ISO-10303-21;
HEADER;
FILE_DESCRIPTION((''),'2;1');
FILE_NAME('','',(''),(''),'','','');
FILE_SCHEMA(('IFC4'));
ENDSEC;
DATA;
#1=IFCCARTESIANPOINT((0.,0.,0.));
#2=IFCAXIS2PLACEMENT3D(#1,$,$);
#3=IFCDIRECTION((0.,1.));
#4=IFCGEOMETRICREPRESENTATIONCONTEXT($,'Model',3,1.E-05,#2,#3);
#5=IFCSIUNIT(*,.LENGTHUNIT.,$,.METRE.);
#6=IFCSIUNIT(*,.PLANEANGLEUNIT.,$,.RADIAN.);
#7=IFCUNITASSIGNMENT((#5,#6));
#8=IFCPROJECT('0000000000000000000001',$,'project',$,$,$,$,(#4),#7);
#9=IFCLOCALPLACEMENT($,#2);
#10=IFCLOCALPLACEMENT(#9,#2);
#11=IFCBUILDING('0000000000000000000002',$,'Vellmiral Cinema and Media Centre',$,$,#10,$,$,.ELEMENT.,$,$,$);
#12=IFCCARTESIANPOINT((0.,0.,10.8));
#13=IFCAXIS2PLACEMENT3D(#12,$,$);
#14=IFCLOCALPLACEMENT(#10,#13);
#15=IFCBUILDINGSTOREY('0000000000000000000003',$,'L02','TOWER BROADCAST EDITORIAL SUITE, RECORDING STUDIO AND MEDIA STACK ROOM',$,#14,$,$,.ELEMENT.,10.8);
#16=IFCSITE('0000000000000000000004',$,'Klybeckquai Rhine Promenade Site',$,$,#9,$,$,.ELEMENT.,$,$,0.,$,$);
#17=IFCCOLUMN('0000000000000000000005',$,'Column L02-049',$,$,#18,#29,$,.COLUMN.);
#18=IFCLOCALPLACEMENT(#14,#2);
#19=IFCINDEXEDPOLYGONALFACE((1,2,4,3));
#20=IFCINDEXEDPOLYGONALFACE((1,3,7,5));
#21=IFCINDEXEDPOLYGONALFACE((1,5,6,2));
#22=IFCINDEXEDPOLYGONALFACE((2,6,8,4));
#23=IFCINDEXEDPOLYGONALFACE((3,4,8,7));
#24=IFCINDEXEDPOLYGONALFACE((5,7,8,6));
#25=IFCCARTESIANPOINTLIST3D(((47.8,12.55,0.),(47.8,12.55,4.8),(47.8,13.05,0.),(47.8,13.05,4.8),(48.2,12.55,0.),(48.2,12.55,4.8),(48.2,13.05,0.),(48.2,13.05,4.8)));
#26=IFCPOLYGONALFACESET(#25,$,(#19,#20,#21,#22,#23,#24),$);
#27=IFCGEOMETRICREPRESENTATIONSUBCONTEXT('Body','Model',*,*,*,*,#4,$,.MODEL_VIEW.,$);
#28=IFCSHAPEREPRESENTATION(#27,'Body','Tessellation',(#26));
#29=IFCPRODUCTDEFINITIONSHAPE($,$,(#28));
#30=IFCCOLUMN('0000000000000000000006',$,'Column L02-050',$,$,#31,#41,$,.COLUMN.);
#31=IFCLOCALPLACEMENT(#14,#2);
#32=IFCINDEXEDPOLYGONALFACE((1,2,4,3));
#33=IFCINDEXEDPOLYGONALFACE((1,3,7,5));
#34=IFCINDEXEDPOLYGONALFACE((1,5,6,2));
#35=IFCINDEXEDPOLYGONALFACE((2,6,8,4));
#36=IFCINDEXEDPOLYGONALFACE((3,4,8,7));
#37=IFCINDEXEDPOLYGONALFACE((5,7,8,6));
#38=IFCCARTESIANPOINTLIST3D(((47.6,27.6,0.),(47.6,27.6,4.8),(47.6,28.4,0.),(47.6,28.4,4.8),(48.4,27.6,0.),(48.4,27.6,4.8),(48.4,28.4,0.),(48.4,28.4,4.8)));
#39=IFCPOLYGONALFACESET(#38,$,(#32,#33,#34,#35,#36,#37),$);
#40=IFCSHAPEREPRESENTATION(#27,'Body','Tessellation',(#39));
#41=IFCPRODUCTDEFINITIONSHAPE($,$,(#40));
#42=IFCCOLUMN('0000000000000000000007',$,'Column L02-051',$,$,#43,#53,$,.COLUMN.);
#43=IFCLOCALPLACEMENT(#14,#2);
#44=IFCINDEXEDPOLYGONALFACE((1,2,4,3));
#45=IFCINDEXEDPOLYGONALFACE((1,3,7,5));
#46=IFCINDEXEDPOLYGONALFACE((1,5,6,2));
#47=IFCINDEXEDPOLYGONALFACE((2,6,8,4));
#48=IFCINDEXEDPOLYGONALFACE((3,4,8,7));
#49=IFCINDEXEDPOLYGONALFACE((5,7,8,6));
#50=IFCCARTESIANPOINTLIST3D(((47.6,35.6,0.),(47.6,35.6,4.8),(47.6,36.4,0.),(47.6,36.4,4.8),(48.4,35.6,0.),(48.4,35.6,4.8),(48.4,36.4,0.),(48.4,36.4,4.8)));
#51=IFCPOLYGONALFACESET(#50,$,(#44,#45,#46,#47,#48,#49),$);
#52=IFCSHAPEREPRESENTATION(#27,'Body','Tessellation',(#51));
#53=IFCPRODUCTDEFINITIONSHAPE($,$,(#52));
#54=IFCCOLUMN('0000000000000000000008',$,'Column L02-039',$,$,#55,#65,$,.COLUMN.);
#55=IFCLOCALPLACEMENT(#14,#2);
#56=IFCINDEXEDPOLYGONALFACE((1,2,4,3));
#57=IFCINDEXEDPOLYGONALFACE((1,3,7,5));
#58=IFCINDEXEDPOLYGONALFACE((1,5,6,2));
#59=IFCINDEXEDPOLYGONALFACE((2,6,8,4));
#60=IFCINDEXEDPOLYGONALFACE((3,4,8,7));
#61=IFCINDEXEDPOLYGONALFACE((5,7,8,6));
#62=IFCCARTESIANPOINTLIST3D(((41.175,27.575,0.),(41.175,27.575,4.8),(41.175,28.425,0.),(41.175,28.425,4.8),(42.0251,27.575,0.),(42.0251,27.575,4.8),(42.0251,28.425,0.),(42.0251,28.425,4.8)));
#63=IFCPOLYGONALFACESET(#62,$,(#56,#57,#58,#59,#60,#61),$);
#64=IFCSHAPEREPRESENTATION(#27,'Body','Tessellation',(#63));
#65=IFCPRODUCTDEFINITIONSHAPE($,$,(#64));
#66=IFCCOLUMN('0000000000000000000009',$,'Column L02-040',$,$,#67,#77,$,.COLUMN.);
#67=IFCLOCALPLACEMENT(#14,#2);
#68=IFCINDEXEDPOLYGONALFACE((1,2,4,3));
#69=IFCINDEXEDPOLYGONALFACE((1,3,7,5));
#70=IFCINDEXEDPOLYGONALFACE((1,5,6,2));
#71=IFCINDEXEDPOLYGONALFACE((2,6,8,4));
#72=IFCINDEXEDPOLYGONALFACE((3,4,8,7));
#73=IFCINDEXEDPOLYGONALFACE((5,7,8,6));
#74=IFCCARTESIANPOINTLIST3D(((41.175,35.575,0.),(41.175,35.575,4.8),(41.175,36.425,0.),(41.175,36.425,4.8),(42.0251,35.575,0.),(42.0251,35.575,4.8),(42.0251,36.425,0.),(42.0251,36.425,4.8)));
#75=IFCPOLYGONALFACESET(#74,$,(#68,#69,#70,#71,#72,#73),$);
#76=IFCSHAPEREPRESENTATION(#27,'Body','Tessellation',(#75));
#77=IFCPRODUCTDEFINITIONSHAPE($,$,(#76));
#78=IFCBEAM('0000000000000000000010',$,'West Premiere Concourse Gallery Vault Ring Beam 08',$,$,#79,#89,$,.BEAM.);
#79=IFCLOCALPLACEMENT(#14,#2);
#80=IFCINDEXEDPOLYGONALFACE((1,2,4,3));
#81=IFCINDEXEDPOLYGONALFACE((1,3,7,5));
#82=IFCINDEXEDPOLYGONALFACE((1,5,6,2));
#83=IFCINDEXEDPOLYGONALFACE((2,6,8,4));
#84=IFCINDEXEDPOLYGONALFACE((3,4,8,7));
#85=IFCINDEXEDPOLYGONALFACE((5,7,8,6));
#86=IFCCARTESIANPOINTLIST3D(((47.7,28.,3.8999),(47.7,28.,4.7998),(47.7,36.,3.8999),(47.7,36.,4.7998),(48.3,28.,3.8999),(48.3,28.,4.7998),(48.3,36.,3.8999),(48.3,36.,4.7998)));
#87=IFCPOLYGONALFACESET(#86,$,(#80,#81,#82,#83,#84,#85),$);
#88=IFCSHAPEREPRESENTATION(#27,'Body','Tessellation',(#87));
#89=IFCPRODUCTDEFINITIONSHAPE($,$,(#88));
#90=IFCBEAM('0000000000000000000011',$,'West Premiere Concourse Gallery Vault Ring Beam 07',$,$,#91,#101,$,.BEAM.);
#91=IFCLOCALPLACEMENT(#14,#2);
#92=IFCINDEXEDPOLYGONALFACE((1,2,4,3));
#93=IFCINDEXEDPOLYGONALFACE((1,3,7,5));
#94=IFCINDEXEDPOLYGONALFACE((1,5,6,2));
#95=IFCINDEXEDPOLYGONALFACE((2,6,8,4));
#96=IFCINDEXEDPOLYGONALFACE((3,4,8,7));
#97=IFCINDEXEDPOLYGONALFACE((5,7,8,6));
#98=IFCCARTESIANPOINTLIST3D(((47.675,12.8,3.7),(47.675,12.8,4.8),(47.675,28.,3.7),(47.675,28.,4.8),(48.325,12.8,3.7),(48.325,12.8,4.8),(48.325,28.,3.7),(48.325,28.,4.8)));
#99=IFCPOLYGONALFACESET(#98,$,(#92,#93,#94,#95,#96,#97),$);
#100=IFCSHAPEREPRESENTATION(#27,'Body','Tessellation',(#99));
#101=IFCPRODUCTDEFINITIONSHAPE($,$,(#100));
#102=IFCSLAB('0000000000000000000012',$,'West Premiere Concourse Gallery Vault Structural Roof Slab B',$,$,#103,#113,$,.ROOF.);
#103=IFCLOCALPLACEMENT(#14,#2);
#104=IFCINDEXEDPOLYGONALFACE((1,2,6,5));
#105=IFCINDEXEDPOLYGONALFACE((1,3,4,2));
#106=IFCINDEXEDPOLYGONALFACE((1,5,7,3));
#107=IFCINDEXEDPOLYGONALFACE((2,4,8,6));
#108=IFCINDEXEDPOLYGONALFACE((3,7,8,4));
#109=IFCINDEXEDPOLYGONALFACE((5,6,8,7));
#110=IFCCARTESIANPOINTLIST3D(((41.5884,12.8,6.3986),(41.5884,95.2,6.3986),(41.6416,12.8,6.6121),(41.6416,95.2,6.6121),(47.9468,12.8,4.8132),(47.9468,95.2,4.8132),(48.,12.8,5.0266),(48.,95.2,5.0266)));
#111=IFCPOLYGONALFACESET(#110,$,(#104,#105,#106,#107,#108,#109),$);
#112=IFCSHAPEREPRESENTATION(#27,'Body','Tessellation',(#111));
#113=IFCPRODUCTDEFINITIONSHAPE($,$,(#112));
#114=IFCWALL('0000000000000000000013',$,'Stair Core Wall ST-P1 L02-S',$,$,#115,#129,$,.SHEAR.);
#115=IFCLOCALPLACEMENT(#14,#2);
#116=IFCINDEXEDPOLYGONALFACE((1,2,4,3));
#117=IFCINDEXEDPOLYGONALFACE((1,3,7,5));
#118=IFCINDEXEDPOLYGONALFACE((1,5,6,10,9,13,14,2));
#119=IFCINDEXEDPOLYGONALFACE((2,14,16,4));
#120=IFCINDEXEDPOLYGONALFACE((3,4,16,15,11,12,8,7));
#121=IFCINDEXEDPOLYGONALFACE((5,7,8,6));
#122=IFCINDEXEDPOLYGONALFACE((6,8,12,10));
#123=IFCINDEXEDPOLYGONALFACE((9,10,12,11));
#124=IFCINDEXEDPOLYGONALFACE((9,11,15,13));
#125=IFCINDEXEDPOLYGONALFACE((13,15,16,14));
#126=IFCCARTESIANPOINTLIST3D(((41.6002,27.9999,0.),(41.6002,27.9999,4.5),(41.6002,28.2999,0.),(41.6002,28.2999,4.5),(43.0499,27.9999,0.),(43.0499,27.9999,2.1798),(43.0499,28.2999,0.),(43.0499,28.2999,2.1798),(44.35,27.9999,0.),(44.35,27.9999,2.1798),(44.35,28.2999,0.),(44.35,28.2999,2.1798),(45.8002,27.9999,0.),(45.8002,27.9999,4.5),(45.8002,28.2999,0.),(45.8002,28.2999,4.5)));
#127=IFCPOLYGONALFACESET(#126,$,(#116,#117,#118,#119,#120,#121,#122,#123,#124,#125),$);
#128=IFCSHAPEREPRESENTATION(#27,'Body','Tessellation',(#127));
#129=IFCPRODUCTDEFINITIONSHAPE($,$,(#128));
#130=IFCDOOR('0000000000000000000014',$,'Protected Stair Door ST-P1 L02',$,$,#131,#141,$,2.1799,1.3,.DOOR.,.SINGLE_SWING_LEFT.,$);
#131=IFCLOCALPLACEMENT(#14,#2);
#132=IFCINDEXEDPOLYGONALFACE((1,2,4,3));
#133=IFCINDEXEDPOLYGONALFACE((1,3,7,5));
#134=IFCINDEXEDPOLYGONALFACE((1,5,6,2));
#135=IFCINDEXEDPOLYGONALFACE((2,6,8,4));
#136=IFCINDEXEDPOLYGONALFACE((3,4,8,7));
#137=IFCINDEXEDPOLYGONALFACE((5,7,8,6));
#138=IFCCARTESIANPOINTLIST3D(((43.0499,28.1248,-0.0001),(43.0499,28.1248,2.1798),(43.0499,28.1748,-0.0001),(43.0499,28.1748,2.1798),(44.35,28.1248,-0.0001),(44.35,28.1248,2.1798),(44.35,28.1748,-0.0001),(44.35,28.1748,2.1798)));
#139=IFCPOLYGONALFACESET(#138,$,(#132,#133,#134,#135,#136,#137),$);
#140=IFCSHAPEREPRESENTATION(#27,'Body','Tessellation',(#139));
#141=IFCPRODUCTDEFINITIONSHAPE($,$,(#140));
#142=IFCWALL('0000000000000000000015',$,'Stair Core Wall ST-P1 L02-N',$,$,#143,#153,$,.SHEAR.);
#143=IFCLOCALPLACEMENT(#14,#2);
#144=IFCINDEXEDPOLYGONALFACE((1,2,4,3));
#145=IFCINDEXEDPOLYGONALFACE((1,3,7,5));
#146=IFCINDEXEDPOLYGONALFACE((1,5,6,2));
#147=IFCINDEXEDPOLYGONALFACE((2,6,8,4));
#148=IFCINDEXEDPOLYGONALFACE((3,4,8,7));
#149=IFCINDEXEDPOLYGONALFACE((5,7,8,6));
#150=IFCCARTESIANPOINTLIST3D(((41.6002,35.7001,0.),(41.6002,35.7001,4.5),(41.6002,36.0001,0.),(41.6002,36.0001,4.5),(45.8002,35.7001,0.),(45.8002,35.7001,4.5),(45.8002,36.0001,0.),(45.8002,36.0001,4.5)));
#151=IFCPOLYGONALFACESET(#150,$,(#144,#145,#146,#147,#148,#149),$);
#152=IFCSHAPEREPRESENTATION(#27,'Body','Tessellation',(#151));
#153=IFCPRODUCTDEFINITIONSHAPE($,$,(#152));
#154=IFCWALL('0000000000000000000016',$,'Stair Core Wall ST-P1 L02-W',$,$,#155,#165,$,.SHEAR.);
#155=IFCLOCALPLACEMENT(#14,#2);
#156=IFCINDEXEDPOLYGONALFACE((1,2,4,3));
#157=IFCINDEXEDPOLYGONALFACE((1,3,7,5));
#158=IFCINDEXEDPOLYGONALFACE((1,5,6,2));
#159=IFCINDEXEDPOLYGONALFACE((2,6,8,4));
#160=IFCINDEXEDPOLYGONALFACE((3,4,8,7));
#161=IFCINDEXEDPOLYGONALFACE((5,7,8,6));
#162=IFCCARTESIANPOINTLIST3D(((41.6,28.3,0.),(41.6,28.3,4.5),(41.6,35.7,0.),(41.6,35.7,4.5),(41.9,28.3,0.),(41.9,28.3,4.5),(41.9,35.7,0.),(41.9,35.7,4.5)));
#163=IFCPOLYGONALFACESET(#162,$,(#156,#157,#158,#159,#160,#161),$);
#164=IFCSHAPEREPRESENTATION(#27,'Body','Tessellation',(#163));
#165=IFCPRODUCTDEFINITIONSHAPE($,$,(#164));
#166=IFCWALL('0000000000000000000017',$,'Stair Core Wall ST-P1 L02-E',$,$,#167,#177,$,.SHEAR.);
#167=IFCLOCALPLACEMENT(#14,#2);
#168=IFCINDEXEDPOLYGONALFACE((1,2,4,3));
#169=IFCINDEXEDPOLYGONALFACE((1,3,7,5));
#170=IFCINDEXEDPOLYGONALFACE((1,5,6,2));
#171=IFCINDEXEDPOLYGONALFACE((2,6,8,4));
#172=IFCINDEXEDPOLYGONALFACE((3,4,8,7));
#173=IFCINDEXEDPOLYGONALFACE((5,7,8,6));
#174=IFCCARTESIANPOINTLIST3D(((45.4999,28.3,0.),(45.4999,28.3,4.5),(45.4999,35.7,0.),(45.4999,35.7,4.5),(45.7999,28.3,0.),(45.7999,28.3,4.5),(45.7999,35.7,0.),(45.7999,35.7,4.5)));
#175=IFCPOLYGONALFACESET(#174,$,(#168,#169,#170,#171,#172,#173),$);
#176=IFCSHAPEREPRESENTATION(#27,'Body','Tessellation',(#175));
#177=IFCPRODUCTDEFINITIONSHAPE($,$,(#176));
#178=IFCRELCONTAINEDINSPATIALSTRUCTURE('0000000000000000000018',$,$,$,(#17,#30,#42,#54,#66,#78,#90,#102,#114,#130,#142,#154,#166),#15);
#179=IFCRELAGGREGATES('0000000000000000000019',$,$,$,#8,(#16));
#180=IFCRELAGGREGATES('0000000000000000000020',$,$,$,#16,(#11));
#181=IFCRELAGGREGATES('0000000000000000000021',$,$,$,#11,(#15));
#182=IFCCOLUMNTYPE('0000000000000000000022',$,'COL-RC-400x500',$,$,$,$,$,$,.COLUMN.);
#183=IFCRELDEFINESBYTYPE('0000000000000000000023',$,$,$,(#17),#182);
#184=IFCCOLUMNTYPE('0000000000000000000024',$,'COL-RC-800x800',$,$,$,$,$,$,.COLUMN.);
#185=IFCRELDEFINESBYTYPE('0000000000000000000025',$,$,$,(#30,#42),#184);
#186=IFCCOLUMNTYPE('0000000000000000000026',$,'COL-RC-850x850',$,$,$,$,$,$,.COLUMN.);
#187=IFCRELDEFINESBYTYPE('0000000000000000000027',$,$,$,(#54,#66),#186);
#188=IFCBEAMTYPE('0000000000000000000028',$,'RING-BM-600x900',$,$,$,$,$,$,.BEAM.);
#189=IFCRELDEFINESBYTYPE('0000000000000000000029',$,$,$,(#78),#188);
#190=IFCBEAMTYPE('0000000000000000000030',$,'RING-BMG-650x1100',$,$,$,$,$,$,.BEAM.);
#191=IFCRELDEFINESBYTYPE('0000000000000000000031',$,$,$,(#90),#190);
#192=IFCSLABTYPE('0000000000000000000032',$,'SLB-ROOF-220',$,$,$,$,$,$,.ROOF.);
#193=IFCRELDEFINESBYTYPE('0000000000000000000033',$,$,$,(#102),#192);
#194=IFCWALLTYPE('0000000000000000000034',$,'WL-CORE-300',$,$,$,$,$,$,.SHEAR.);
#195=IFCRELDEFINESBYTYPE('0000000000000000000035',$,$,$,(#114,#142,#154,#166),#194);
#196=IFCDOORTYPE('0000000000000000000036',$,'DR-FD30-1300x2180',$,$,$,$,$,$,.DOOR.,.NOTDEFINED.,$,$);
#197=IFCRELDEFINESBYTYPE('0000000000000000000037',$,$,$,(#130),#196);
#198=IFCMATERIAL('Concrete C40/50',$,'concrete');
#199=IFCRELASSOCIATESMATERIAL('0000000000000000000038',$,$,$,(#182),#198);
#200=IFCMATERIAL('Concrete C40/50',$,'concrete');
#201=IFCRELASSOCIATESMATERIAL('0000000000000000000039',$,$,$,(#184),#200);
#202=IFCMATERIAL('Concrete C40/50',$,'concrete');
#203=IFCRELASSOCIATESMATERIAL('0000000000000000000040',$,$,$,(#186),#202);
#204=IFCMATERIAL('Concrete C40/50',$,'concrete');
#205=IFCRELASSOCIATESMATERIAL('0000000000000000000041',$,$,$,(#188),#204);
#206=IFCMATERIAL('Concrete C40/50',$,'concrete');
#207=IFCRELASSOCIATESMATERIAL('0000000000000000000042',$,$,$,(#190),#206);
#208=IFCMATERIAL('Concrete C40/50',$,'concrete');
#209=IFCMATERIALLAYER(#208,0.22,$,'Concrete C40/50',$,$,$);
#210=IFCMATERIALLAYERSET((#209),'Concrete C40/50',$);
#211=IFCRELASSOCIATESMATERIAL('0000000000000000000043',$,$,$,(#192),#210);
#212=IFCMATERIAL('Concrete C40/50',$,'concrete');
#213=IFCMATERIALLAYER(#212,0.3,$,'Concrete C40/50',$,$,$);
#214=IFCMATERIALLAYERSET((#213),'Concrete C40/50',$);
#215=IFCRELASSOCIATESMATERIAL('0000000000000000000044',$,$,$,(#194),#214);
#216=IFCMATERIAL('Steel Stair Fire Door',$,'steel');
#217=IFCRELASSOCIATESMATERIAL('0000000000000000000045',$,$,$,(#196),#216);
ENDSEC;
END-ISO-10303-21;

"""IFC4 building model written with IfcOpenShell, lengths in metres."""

from ifc_helpers import new_model, si_unit, direction, frame, frame_2d, origin, origin_2d, place, context, subcontext, project, spatial, polyline, rectangle, outline, extrude, material, layer, layer_set, material_profile, profile_set, type_object, element, fill, save


model = new_model("IFC4")

# Units and contexts
model_context = context("Model", 3, precision=1e-05, world=origin(), true_north=direction((0.0, 1.0)))
body_context = subcontext(model_context, "Body", "Model", "MODEL_VIEW")
ifc_project = project(units=[si_unit("LENGTHUNIT", "METRE"), si_unit("PLANEANGLEUNIT", "RADIAN")], contexts=[model_context])

# Site, building, storey
site_placement = place(None, origin())
site = spatial("IfcSite", under=ifc_project, at=site_placement, Name="Klybeckquai Rhine Promenade Site", CompositionType="ELEMENT", RefElevation=0.0)
building_placement = place(site_placement, origin())
building = spatial("IfcBuilding", under=site, at=building_placement, Name="Vellmiral Cinema and Media Centre", CompositionType="ELEMENT")
storey_placement = place(building_placement, frame((0.0, 0.0, 10.8)))
storey = spatial("IfcBuildingStorey", under=building, at=storey_placement, Name="L02", Description="TOWER BROADCAST EDITORIAL SUITE, RECORDING STUDIO AND MEDIA STACK ROOM", CompositionType="ELEMENT", Elevation=10.8)

# Columns
ifc_material_1 = material(Name="Concrete C40/50", Category="concrete")
ifc_material_profile_1 = material_profile(ifc_material_1, rectangle(XDim=0.3999, YDim=0.5, at=origin_2d()), Name="RC 400x500")
ifc_profile_set_1 = profile_set([ifc_material_profile_1], Name="Concrete C40/50")
column_type_1 = type_object("IfcColumnType", Name="COL-RC-400x500", PredefinedType="COLUMN", material=ifc_profile_set_1)
column_placement = place(storey_placement, frame((48.0, 12.8, 0.0), z_axis=(0.0, 0.0, 1.0), x_axis=(1.0, 0.0, 0.0)))
element("IfcColumn", 1, at=column_placement, inside=storey, type_object=column_type_1, Name="Column L02-049", PredefinedType="COLUMN", context=body_context, shape_type="SweptSolid", body=[
    extrude(rectangle(XDim=0.3999, YDim=0.5, at=origin_2d()), origin(), (0.0, 0.0, 1.0), 4.8),
])
ifc_material_2 = material(Name="Concrete C40/50", Category="concrete")
ifc_material_profile_2 = material_profile(ifc_material_2, rectangle(XDim=0.8, YDim=0.8, at=origin_2d()), Name="RC 800x800")
ifc_profile_set_2 = profile_set([ifc_material_profile_2], Name="Concrete C40/50")
column_type_2 = type_object("IfcColumnType", Name="COL-RC-800x800", PredefinedType="COLUMN", material=ifc_profile_set_2)
for number, where, z_axis, x_axis, name in (
    (2, (48.0, 28.0, 0.0), (0.0, 0.0, 1.0), (1.0, 0.0, 0.0), "Column L02-050"),
    (3, (48.0, 36.0, 0.0), (0.0, 0.0, 1.0), (1.0, 0.0, 0.0), "Column L02-051"),
):
    element("IfcColumn", number, at=place(storey_placement, frame(where, z_axis=z_axis, x_axis=x_axis)), inside=storey, type_object=column_type_2, Name=name, PredefinedType="COLUMN", context=body_context, shape_type="SweptSolid", body=[
        extrude(rectangle(XDim=0.8, YDim=0.8, at=origin_2d()), origin(), (0.0, 0.0, 1.0), 4.8),
    ])
ifc_material_3 = material(Name="Concrete C40/50", Category="concrete")
ifc_material_profile_3 = material_profile(ifc_material_3, rectangle(XDim=0.8501, YDim=0.8501, at=origin_2d()), Name="RC 850x850")
ifc_profile_set_3 = profile_set([ifc_material_profile_3], Name="Concrete C40/50")
column_type_3 = type_object("IfcColumnType", Name="COL-RC-850x850", PredefinedType="COLUMN", material=ifc_profile_set_3)
for number, where, z_axis, x_axis, name in (
    (4, (41.6001, 28.0, 0.0), (0.0, 0.0, 1.0), (1.0, 0.0, 0.0), "Column L02-039"),
    (5, (41.6001, 36.0, 0.0), (0.0, 0.0, 1.0), (1.0, 0.0, 0.0), "Column L02-040"),
):
    element("IfcColumn", number, at=place(storey_placement, frame(where, z_axis=z_axis, x_axis=x_axis)), inside=storey, type_object=column_type_3, Name=name, PredefinedType="COLUMN", context=body_context, shape_type="SweptSolid", body=[
        extrude(rectangle(XDim=0.8501, YDim=0.8501, at=origin_2d()), origin(), (0.0, 0.0, 1.0), 4.8),
    ])

# Beams
ifc_material_4 = material(Name="Concrete C40/50", Category="concrete")
ifc_material_profile_4 = material_profile(ifc_material_4, rectangle(XDim=0.6001, YDim=0.8999, at=origin_2d()), Name="RC 600x900")
ifc_profile_set_4 = profile_set([ifc_material_profile_4], Name="Concrete C40/50")
beam_type_1 = type_object("IfcBeamType", Name="RING-BM-600x900", PredefinedType="BEAM", material=ifc_profile_set_4)
beam_1_placement = place(storey_placement, frame((48.0, 28.0, 4.3499), z_axis=(0.0, 1.0, 0.0), x_axis=(-1.0, 0.0, 0.0)))
element("IfcBeam", 6, at=beam_1_placement, inside=storey, type_object=beam_type_1, Name="West Premiere Concourse Gallery Vault Ring Beam 08", PredefinedType="BEAM", context=body_context, shape_type="SweptSolid", body=[
    extrude(rectangle(XDim=0.6001, YDim=0.8999, at=origin_2d()), origin(), (0.0, 0.0, 1.0), 8.0),
])
ifc_material_5 = material(Name="Concrete C40/50", Category="concrete")
ifc_material_profile_5 = material_profile(ifc_material_5, rectangle(XDim=0.6499, YDim=1.1001, at=origin_2d()), Name="RC 650x1100")
ifc_profile_set_5 = profile_set([ifc_material_profile_5], Name="Concrete C40/50")
beam_type_2 = type_object("IfcBeamType", Name="RING-BMG-650x1100", PredefinedType="BEAM", material=ifc_profile_set_5)
beam_2_placement = place(storey_placement, frame((48.0, 12.8, 4.25), z_axis=(0.0, 1.0, 0.0), x_axis=(-1.0, 0.0, 0.0)))
element("IfcBeam", 7, at=beam_2_placement, inside=storey, type_object=beam_type_2, Name="West Premiere Concourse Gallery Vault Ring Beam 07", PredefinedType="BEAM", context=body_context, shape_type="SweptSolid", body=[
    extrude(rectangle(XDim=0.6499, YDim=1.1001, at=origin_2d()), origin(), (0.0, 0.0, 1.0), 15.2),
])

# Slab
ifc_material_6 = material(Name="Concrete C40/50", Category="concrete")
ifc_layer_1 = layer(ifc_material_6, 0.22, Name="Concrete C40/50")
ifc_layer_set_1 = layer_set([ifc_layer_1], Name="Concrete C40/50")
slab_type = type_object("IfcSlabType", Name="SLB-ROOF-220", PredefinedType="ROOF", material=ifc_layer_set_1)
slab_placement = place(storey_placement, frame((41.6416, 12.8, 6.6121), z_axis=(0.241939, 0.0, 0.970291), x_axis=(0.970291, 0.0, -0.241939)))
element("IfcSlab", 8, at=slab_placement, inside=storey, type_object=slab_type, Name="West Premiere Concourse Gallery Vault Structural Roof Slab B", PredefinedType="ROOF", context=body_context, shape_type="SweptSolid", body=[
    extrude(outline(polyline([(0.0, 0.0), (6.5531, 0.0), (6.5531, 82.3999), (0.0, 82.3999), (0.0, 0.0)])), origin(), (0.0, 0.0, -1.0), 0.22),
])

# Wall, opening, door
ifc_material_7 = material(Name="Concrete C40/50", Category="concrete")
ifc_layer_2 = layer(ifc_material_7, 0.3, Name="Concrete C40/50")
ifc_layer_set_2 = layer_set([ifc_layer_2], Name="Concrete C40/50")
wall_type_1 = type_object("IfcWallType", Name="WL-CORE-300", PredefinedType="SHEAR", material=ifc_layer_set_2)
wall_1_placement = place(storey_placement, frame((41.6001, 28.1499, 0.0), z_axis=(0.0, 0.0, 1.0), x_axis=(1.0, 0.0, 0.0)))
wall_1 = element("IfcWall", 9, at=wall_1_placement, inside=storey, type_object=wall_type_1, Name="Stair Core Wall ST-P1 L02-S", PredefinedType="SHEAR", context=body_context, shape_type="SweptSolid", body=[
    extrude(rectangle(XDim=4.2, YDim=0.3, at=frame_2d((2.1001, 0.0))), origin(), (0.0, 0.0, 1.0), 4.5),
])
opening_1_placement = place(wall_1_placement, frame((1.45, 0.0, 0.0)))
opening_1 = element("IfcOpeningElement", 10, at=opening_1_placement, cuts=wall_1, PredefinedType="OPENING", context=body_context, shape_type="SweptSolid", body=[
    extrude(rectangle(XDim=1.3, YDim=2.1799, at=frame_2d((0.6499, 1.0898))), frame((0.0, 0.1621, 0.0), z_axis=(0.0, -1.0, 0.0), x_axis=(1.0, 0.0, 0.0)), (0.0, 0.0, 1.0), 0.324),
])
ifc_material_8 = material(Name="Steel Stair Fire Door", Category="steel")
door_type_1 = type_object("IfcDoorType", Name="DR-FD30-1300x2180", OperationType="NOTDEFINED", PredefinedType="DOOR", material=ifc_material_8)
door_1_placement = place(opening_1_placement, origin())
door_1 = element("IfcDoor", 11, at=door_1_placement, inside=storey, type_object=door_type_1, Name="Protected Stair Door ST-P1 L02", OperationType="SINGLE_SWING_LEFT", OverallHeight=2.1799, OverallWidth=1.3, PredefinedType="DOOR", context=body_context, shape_type="SweptSolid", body=[
    extrude(rectangle(XDim=1.3, YDim=2.1799, at=frame_2d((0.6499, 1.0898))), frame((0.0, 0.0249, 0.0), z_axis=(0.0, -1.0, 0.0), x_axis=(1.0, 0.0, 0.0)), (0.0, 0.0, 1.0), 0.05),
])
fill(opening_1, door_1)

# Walls
wall_2_placement = place(storey_placement, frame((41.6001, 35.8501, 0.0), z_axis=(0.0, 0.0, 1.0), x_axis=(1.0, 0.0, 0.0)))
element("IfcWall", 12, at=wall_2_placement, inside=storey, type_object=wall_type_1, Name="Stair Core Wall ST-P1 L02-N", PredefinedType="SHEAR", context=body_context, shape_type="SweptSolid", body=[
    extrude(rectangle(XDim=4.2, YDim=0.3, at=frame_2d((2.1001, 0.0))), origin(), (0.0, 0.0, 1.0), 4.5),
])
for number, where, z_axis, x_axis, name in (
    (13, (41.75, 28.3, 0.0), (0.0, 0.0, 1.0), (0.0, 1.0, 0.0), "Stair Core Wall ST-P1 L02-W"),
    (14, (45.6499, 28.3, 0.0), (0.0, 0.0, 1.0), (0.0, 1.0, 0.0), "Stair Core Wall ST-P1 L02-E"),
):
    element("IfcWall", number, at=place(storey_placement, frame(where, z_axis=z_axis, x_axis=x_axis)), inside=storey, type_object=wall_type_1, Name=name, PredefinedType="SHEAR", context=body_context, shape_type="SweptSolid", body=[
        extrude(rectangle(XDim=7.3999, YDim=0.3, at=frame_2d((3.7, 0.0))), origin(), (0.0, 0.0, 1.0), 4.5),
    ])

save(model, "model.ifc")
